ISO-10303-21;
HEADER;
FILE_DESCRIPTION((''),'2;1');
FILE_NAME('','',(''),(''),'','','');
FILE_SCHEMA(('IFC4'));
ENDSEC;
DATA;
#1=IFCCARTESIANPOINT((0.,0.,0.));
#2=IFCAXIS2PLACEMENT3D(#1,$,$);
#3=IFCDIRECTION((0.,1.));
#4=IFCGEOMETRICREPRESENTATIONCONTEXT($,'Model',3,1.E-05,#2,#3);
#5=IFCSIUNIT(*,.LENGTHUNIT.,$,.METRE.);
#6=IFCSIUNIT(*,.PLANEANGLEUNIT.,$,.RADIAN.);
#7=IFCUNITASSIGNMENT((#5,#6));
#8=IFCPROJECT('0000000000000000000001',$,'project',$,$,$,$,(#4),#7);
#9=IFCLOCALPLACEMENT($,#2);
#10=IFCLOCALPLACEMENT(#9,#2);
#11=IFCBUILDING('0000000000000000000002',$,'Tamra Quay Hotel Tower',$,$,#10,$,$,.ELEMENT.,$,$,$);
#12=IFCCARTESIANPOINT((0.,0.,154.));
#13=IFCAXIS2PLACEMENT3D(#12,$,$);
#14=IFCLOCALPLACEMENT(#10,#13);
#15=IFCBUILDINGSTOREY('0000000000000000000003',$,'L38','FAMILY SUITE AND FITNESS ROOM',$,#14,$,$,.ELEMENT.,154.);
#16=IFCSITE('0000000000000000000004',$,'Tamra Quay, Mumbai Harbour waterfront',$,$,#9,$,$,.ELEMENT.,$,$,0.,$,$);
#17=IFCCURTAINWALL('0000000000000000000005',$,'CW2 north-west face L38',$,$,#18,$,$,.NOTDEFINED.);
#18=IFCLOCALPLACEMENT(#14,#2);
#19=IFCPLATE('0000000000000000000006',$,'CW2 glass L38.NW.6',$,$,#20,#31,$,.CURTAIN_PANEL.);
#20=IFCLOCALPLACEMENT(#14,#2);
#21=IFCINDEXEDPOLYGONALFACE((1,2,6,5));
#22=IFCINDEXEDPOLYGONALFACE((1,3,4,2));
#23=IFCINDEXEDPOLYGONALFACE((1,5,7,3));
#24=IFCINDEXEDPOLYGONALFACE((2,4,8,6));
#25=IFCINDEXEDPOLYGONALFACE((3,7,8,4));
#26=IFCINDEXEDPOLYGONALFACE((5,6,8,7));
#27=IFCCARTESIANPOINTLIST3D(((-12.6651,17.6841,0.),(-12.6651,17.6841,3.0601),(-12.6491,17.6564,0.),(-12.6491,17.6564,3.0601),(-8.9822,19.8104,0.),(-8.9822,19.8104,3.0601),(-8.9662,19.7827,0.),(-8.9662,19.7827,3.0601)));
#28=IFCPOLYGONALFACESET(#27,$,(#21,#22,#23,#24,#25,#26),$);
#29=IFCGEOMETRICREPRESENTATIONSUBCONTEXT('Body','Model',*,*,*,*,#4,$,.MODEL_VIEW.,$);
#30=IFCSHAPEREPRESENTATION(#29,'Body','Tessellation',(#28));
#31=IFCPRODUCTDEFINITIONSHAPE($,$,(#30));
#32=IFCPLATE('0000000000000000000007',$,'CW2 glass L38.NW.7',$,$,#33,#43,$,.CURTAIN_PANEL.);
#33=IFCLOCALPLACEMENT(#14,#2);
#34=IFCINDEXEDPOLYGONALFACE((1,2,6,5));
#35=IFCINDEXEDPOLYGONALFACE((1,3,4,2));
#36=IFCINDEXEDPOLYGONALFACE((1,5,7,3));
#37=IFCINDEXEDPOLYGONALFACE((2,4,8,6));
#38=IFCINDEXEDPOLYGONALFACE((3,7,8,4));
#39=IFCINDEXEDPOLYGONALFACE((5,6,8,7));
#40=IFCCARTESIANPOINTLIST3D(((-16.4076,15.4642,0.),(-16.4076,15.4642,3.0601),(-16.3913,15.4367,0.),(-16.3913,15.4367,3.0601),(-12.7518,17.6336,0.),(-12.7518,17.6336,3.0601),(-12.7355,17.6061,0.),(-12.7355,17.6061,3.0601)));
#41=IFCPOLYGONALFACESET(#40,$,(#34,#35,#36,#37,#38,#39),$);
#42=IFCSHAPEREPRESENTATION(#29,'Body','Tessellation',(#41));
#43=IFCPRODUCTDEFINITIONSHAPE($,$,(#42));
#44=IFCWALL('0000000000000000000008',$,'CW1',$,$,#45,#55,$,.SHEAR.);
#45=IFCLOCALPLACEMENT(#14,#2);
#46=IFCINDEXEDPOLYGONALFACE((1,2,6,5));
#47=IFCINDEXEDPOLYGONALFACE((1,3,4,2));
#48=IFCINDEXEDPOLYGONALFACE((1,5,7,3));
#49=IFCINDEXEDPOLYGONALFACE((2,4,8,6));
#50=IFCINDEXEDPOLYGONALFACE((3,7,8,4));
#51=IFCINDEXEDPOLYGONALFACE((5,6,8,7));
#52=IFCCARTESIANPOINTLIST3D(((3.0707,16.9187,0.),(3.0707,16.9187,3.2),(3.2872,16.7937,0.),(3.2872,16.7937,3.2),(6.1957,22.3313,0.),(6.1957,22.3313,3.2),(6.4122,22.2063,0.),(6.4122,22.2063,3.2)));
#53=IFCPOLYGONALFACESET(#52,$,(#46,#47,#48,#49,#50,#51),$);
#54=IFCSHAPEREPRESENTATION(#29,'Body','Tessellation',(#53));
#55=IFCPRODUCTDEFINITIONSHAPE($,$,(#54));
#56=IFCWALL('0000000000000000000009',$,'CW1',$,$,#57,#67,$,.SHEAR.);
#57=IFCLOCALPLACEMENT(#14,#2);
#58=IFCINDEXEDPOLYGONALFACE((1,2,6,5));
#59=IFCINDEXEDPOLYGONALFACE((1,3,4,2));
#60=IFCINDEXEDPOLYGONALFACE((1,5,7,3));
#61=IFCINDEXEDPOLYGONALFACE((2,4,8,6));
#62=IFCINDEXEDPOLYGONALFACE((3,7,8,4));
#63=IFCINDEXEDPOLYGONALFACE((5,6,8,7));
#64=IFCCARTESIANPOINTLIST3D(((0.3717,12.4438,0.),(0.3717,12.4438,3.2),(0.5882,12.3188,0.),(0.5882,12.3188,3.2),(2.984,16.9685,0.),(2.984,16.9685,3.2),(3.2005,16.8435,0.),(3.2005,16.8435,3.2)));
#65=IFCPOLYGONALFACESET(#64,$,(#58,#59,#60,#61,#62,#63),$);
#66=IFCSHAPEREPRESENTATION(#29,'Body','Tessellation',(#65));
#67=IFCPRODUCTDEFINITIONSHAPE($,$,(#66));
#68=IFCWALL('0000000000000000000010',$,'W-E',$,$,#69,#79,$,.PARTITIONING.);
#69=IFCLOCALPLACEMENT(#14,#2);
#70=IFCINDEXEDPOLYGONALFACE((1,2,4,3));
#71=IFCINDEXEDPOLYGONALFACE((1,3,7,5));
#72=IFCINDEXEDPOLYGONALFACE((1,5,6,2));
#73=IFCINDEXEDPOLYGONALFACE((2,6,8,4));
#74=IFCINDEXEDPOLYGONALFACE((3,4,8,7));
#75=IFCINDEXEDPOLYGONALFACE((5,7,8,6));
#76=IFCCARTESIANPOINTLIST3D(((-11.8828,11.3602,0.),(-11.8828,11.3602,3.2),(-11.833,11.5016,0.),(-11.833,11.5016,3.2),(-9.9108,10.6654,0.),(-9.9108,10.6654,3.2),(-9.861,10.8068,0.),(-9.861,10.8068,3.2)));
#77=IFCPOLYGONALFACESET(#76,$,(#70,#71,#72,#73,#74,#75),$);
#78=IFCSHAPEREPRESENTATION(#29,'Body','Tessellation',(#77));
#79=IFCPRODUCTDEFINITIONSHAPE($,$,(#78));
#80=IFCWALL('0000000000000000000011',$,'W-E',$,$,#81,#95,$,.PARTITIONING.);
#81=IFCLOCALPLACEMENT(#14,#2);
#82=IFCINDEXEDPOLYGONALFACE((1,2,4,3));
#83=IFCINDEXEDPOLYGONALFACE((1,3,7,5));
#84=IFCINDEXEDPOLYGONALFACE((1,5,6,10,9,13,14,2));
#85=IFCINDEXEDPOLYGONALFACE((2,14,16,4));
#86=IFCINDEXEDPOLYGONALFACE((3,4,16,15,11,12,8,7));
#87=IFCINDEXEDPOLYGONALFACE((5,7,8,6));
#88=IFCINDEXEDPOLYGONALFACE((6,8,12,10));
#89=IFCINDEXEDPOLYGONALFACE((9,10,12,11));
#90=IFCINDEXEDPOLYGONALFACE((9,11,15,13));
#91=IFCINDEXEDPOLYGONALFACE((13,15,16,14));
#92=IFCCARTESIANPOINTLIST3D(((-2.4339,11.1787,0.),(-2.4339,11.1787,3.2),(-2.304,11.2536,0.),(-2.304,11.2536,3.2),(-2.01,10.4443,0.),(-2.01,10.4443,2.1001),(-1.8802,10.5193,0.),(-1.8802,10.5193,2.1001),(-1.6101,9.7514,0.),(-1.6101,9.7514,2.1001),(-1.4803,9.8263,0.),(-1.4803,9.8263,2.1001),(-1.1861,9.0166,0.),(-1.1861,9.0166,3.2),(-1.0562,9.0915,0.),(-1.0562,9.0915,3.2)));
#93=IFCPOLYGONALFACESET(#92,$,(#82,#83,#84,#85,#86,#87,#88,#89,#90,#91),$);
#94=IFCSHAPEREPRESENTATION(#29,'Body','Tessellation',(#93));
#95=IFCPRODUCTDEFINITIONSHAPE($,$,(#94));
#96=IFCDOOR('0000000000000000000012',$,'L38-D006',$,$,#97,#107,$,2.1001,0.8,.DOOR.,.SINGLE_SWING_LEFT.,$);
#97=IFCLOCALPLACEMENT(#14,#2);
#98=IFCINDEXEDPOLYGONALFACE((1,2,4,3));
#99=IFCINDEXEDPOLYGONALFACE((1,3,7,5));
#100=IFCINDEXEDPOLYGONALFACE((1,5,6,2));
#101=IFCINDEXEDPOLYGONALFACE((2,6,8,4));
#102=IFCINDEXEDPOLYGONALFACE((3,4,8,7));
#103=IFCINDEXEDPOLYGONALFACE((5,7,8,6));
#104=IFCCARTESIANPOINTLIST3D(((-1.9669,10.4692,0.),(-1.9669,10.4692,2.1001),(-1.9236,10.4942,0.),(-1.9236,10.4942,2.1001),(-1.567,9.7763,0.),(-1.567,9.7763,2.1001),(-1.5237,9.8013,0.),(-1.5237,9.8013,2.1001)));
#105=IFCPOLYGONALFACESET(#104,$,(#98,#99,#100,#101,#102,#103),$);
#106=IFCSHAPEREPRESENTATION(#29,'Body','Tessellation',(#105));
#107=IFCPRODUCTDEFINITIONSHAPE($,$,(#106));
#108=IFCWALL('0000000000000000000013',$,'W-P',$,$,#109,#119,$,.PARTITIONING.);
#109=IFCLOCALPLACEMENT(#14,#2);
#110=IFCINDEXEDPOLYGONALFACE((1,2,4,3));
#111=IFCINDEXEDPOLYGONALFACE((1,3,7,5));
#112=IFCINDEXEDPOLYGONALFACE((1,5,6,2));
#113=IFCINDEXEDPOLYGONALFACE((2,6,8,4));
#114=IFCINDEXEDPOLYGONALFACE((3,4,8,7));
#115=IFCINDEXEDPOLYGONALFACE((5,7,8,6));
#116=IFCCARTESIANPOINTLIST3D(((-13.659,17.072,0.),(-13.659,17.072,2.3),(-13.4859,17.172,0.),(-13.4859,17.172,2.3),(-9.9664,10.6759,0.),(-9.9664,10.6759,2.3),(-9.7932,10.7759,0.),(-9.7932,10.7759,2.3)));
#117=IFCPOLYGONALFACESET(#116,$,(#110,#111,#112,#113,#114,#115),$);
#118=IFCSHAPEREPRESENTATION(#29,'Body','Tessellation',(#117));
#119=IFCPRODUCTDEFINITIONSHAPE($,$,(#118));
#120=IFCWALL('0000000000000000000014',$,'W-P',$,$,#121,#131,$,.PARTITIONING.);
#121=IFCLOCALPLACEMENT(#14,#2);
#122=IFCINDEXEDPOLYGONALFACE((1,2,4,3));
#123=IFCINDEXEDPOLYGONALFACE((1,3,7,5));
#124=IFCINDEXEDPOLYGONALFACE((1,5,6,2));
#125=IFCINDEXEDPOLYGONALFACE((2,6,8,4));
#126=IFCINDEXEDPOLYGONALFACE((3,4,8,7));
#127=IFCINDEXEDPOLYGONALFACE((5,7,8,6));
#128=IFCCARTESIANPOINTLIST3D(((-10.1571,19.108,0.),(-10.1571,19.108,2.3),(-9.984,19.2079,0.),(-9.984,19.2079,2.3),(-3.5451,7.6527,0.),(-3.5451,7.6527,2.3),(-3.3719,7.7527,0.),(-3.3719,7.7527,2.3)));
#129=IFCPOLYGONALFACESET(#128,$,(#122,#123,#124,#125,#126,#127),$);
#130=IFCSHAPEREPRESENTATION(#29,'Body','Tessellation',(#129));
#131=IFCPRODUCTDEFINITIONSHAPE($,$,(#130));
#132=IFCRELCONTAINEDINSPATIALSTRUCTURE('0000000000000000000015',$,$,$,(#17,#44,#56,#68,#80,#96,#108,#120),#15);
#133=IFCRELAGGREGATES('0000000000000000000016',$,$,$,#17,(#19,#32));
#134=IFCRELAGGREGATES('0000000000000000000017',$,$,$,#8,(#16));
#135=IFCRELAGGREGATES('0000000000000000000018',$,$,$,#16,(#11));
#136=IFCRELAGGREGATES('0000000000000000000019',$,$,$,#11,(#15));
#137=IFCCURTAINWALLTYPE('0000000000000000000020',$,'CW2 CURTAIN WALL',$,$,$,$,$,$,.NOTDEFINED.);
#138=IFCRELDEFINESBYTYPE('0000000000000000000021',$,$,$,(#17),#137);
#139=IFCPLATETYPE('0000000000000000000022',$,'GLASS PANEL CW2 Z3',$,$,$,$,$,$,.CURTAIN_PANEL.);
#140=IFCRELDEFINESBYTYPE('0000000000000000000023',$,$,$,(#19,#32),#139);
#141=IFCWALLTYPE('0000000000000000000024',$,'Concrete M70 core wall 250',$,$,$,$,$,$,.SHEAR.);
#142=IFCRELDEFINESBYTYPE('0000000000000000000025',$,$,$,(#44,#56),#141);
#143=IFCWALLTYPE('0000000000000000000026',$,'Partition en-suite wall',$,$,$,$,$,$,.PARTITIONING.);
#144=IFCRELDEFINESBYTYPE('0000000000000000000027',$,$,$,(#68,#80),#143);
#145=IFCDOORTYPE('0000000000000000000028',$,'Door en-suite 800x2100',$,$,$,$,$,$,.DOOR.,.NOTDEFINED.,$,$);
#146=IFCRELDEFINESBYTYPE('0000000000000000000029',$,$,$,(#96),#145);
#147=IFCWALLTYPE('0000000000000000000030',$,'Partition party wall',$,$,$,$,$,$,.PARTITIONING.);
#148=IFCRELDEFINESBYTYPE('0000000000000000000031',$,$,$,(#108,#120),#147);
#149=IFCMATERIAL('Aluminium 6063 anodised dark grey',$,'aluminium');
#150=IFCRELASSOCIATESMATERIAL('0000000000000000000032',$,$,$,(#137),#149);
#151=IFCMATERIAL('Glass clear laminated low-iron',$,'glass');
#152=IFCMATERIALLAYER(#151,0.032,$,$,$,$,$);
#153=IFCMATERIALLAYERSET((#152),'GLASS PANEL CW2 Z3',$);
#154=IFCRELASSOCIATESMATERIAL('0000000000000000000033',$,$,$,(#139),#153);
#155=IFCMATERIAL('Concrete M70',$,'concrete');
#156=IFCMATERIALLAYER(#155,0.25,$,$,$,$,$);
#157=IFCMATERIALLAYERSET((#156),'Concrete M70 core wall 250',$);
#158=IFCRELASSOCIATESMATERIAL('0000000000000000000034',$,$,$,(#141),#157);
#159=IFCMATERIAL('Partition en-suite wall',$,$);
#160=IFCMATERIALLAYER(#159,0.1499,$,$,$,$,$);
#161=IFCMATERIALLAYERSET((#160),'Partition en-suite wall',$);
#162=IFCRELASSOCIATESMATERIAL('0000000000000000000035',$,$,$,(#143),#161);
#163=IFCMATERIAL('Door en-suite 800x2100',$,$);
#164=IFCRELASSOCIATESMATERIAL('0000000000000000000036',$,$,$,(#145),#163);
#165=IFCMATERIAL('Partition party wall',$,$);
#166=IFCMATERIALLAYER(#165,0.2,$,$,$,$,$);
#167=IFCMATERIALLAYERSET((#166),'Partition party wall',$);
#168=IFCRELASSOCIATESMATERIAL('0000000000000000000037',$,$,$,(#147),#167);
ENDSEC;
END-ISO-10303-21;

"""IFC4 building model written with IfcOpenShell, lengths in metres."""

from ifc_helpers import new_model, si_unit, direction, frame, frame_2d, origin, origin_2d, place, context, subcontext, project, spatial, rectangle, extrude, material, layer, layer_set, type_object, element, fill, aggregate, save


model = new_model("IFC4")

# Units and contexts
model_context = context("Model", 3, precision=1e-05, world=origin(), true_north=direction((0.0, 1.0)))
body_context = subcontext(model_context, "Body", "Model", "MODEL_VIEW")
ifc_project = project(units=[si_unit("LENGTHUNIT", "METRE"), si_unit("PLANEANGLEUNIT", "RADIAN")], contexts=[model_context])

# Site, building, storey
site_placement = place(None, origin())
site = spatial("IfcSite", under=ifc_project, at=site_placement, Name="Tamra Quay, Mumbai Harbour waterfront", CompositionType="ELEMENT", RefElevation=0.0)
building_placement = place(site_placement, origin())
building = spatial("IfcBuilding", under=site, at=building_placement, Name="Tamra Quay Hotel Tower", CompositionType="ELEMENT")
storey_placement = place(building_placement, frame((0.0, 0.0, 154.0)))
storey = spatial("IfcBuildingStorey", under=building, at=storey_placement, Name="L38", Description="FAMILY SUITE AND FITNESS ROOM", CompositionType="ELEMENT", Elevation=154.0)

# Shared definitions
ifc_material_1 = material(Name="Concrete M70", Category="concrete")

# Curtain wall, plates
ifc_material_2 = material(Name="Aluminium 6063 anodised dark grey", Category="aluminium")
curtain_wall_type = type_object("IfcCurtainWallType", Name="CW2 CURTAIN WALL", PredefinedType="NOTDEFINED", material=ifc_material_2)
curtain_wall_placement = place(storey_placement, origin())
curtain_wall = element("IfcCurtainWall", 1, at=curtain_wall_placement, inside=storey, type_object=curtain_wall_type, Name="CW2 north-west face L38", PredefinedType="NOTDEFINED")
ifc_material_3 = material(Name="Glass clear laminated low-iron", Category="glass")
ifc_layer_1 = layer(ifc_material_3, 0.032)
ifc_layer_set_1 = layer_set([ifc_layer_1], Name="GLASS PANEL CW2 Z3")
plate_type = type_object("IfcPlateType", Name="GLASS PANEL CW2 Z3", PredefinedType="CURTAIN_PANEL", material=ifc_layer_set_1)
plate_1_placement = place(storey_placement, frame((-10.8157, 18.7334, 0.0), z_axis=(0.0, 0.0, 1.0), x_axis=(-0.866025, -0.5, 0.0)))
plate_1 = element("IfcPlate", 2, at=plate_1_placement, type_object=plate_type, Name="CW2 glass L38.NW.6", PredefinedType="CURTAIN_PANEL", context=body_context, shape_type="SweptSolid", body=[
    extrude(rectangle(XDim=4.2527, YDim=0.032, at=origin_2d()), origin(), (0.0, 0.0, 1.0), 3.0601),
])
plate_2_placement = place(storey_placement, frame((-14.5715, 16.5352, 0.0), z_axis=(0.0, 0.0, 1.0), x_axis=(-0.859985, -0.510319, 0.0)))
plate_2 = element("IfcPlate", 3, at=plate_2_placement, type_object=plate_type, Name="CW2 glass L38.NW.7", PredefinedType="CURTAIN_PANEL", context=body_context, shape_type="SweptSolid", body=[
    extrude(rectangle(XDim=4.251, YDim=0.032, at=origin_2d()), origin(), (0.0, 0.0, 1.0), 3.0601),
])
aggregate(curtain_wall, [plate_1, plate_2])

# Walls
ifc_layer_2 = layer(ifc_material_1, 0.25)
ifc_layer_set_2 = layer_set([ifc_layer_2], Name="Concrete M70 core wall 250")
wall_type_1 = type_object("IfcWallType", Name="Concrete M70 core wall 250", PredefinedType="SHEAR", material=ifc_layer_set_2)
wall_1_placement = place(storey_placement, frame((3.179, 16.8562, 0.0), z_axis=(0.0, 0.0, 1.0), x_axis=(0.500004, 0.866023, 0.0)))
element("IfcWall", 4, at=wall_1_placement, inside=storey, type_object=wall_type_1, Name="CW1", PredefinedType="SHEAR", context=body_context, shape_type="SweptSolid", body=[
    extrude(rectangle(XDim=6.25, YDim=0.25, at=frame_2d((3.125, 0.0))), origin(), (0.0, 0.0, 1.0), 3.2),
])
wall_2_placement = place(storey_placement, frame((0.48, 12.3813, 0.0), z_axis=(0.0, 0.0, 1.0), x_axis=(0.499999, 0.866026, 0.0)))
element("IfcWall", 5, at=wall_2_placement, inside=storey, type_object=wall_type_1, Name="CW1", PredefinedType="SHEAR", context=body_context, shape_type="SweptSolid", body=[
    extrude(rectangle(XDim=5.2246, YDim=0.25, at=frame_2d((2.6123, 0.0))), origin(), (0.0, 0.0, 1.0), 3.2),
])
ifc_material_4 = material(Name="Partition en-suite wall")
ifc_layer_3 = layer(ifc_material_4, 0.1499)
ifc_layer_set_3 = layer_set([ifc_layer_3], Name="Partition en-suite wall")
wall_type_2 = type_object("IfcWallType", Name="Partition en-suite wall", PredefinedType="PARTITIONING", material=ifc_layer_set_3)
wall_3_placement = place(storey_placement, frame((-11.8579, 11.4309, 0.0), z_axis=(0.0, 0.0, 1.0), x_axis=(0.943163, -0.332331, 0.0)))
element("IfcWall", 6, at=wall_3_placement, inside=storey, type_object=wall_type_2, Name="W-E", PredefinedType="PARTITIONING", context=body_context, shape_type="SweptSolid", body=[
    extrude(rectangle(XDim=2.0908, YDim=0.1499, at=frame_2d((1.0454, 0.0))), origin(), (0.0, 0.0, 1.0), 3.2),
])

# Wall, opening, door
wall_4_placement = place(storey_placement, frame((-2.3689, 11.2161, 0.0), z_axis=(0.0, 0.0, 1.0), x_axis=(0.499852, -0.866111, 0.0)))
wall_4 = element("IfcWall", 7, at=wall_4_placement, inside=storey, type_object=wall_type_2, Name="W-E", PredefinedType="PARTITIONING", context=body_context, shape_type="SweptSolid", body=[
    extrude(rectangle(XDim=2.4963, YDim=0.1499, at=frame_2d((1.248, 0.0))), origin(), (0.0, 0.0, 1.0), 3.2),
])
opening_placement = place(wall_4_placement, frame((0.8479, 0.0, 0.0)))
opening = element("IfcOpeningElement", 8, at=opening_placement, cuts=wall_4, PredefinedType="OPENING", context=body_context, shape_type="SweptSolid", body=[
    extrude(rectangle(XDim=0.8, YDim=2.1001, at=frame_2d((0.3999, 1.05))), frame((0.0, 0.085, 0.0), z_axis=(0.0, -1.0, 0.0), x_axis=(1.0, 0.0, 0.0)), (0.0, 0.0, 1.0), 0.1699),
])
ifc_material_5 = material(Name="Door en-suite 800x2100")
door_type = type_object("IfcDoorType", Name="Door en-suite 800x2100", OperationType="NOTDEFINED", PredefinedType="DOOR", material=ifc_material_5)
door_placement = place(opening_placement, origin())
door = element("IfcDoor", 9, at=door_placement, inside=storey, type_object=door_type, Name="L38-D006", OperationType="SINGLE_SWING_LEFT", OverallHeight=2.1001, OverallWidth=0.8, PredefinedType="DOOR", context=body_context, shape_type="SweptSolid", body=[
    extrude(rectangle(XDim=0.8, YDim=2.1001, at=frame_2d((0.3999, 1.05))), frame((0.0, 0.0249, 0.0), z_axis=(0.0, -1.0, 0.0), x_axis=(1.0, 0.0, 0.0)), (0.0, 0.0, 1.0), 0.05),
])
fill(opening, door)

# Walls
ifc_material_6 = material(Name="Partition party wall")
ifc_layer_4 = layer(ifc_material_6, 0.2)
ifc_layer_set_4 = layer_set([ifc_layer_4], Name="Partition party wall")
wall_type_3 = type_object("IfcWallType", Name="Partition party wall", PredefinedType="PARTITIONING", material=ifc_layer_set_4)
wall_5_placement = place(storey_placement, frame((-13.5725, 17.1221, 0.0), z_axis=(0.0, 0.0, 1.0), x_axis=(0.49999, -0.866031, 0.0)))
element("IfcWall", 10, at=wall_5_placement, inside=storey, type_object=wall_type_3, Name="W-P", PredefinedType="PARTITIONING", context=body_context, shape_type="SweptSolid", body=[
    extrude(rectangle(XDim=7.3855, YDim=0.2, at=frame_2d((3.6929, 0.0))), origin(), (0.0, 0.0, 1.0), 2.3),
])
wall_6_placement = place(storey_placement, frame((-10.0706, 19.158, 0.0), z_axis=(0.0, 0.0, 1.0), x_axis=(0.499905, -0.86608, 0.0)))
element("IfcWall", 11, at=wall_6_placement, inside=storey, type_object=wall_type_3, Name="W-P", PredefinedType="PARTITIONING", context=body_context, shape_type="SweptSolid", body=[
    extrude(rectangle(XDim=13.2266, YDim=0.2, at=frame_2d((6.6133, 0.0))), origin(), (0.0, 0.0, 1.0), 2.3),
])

save(model, "model.ifc")
